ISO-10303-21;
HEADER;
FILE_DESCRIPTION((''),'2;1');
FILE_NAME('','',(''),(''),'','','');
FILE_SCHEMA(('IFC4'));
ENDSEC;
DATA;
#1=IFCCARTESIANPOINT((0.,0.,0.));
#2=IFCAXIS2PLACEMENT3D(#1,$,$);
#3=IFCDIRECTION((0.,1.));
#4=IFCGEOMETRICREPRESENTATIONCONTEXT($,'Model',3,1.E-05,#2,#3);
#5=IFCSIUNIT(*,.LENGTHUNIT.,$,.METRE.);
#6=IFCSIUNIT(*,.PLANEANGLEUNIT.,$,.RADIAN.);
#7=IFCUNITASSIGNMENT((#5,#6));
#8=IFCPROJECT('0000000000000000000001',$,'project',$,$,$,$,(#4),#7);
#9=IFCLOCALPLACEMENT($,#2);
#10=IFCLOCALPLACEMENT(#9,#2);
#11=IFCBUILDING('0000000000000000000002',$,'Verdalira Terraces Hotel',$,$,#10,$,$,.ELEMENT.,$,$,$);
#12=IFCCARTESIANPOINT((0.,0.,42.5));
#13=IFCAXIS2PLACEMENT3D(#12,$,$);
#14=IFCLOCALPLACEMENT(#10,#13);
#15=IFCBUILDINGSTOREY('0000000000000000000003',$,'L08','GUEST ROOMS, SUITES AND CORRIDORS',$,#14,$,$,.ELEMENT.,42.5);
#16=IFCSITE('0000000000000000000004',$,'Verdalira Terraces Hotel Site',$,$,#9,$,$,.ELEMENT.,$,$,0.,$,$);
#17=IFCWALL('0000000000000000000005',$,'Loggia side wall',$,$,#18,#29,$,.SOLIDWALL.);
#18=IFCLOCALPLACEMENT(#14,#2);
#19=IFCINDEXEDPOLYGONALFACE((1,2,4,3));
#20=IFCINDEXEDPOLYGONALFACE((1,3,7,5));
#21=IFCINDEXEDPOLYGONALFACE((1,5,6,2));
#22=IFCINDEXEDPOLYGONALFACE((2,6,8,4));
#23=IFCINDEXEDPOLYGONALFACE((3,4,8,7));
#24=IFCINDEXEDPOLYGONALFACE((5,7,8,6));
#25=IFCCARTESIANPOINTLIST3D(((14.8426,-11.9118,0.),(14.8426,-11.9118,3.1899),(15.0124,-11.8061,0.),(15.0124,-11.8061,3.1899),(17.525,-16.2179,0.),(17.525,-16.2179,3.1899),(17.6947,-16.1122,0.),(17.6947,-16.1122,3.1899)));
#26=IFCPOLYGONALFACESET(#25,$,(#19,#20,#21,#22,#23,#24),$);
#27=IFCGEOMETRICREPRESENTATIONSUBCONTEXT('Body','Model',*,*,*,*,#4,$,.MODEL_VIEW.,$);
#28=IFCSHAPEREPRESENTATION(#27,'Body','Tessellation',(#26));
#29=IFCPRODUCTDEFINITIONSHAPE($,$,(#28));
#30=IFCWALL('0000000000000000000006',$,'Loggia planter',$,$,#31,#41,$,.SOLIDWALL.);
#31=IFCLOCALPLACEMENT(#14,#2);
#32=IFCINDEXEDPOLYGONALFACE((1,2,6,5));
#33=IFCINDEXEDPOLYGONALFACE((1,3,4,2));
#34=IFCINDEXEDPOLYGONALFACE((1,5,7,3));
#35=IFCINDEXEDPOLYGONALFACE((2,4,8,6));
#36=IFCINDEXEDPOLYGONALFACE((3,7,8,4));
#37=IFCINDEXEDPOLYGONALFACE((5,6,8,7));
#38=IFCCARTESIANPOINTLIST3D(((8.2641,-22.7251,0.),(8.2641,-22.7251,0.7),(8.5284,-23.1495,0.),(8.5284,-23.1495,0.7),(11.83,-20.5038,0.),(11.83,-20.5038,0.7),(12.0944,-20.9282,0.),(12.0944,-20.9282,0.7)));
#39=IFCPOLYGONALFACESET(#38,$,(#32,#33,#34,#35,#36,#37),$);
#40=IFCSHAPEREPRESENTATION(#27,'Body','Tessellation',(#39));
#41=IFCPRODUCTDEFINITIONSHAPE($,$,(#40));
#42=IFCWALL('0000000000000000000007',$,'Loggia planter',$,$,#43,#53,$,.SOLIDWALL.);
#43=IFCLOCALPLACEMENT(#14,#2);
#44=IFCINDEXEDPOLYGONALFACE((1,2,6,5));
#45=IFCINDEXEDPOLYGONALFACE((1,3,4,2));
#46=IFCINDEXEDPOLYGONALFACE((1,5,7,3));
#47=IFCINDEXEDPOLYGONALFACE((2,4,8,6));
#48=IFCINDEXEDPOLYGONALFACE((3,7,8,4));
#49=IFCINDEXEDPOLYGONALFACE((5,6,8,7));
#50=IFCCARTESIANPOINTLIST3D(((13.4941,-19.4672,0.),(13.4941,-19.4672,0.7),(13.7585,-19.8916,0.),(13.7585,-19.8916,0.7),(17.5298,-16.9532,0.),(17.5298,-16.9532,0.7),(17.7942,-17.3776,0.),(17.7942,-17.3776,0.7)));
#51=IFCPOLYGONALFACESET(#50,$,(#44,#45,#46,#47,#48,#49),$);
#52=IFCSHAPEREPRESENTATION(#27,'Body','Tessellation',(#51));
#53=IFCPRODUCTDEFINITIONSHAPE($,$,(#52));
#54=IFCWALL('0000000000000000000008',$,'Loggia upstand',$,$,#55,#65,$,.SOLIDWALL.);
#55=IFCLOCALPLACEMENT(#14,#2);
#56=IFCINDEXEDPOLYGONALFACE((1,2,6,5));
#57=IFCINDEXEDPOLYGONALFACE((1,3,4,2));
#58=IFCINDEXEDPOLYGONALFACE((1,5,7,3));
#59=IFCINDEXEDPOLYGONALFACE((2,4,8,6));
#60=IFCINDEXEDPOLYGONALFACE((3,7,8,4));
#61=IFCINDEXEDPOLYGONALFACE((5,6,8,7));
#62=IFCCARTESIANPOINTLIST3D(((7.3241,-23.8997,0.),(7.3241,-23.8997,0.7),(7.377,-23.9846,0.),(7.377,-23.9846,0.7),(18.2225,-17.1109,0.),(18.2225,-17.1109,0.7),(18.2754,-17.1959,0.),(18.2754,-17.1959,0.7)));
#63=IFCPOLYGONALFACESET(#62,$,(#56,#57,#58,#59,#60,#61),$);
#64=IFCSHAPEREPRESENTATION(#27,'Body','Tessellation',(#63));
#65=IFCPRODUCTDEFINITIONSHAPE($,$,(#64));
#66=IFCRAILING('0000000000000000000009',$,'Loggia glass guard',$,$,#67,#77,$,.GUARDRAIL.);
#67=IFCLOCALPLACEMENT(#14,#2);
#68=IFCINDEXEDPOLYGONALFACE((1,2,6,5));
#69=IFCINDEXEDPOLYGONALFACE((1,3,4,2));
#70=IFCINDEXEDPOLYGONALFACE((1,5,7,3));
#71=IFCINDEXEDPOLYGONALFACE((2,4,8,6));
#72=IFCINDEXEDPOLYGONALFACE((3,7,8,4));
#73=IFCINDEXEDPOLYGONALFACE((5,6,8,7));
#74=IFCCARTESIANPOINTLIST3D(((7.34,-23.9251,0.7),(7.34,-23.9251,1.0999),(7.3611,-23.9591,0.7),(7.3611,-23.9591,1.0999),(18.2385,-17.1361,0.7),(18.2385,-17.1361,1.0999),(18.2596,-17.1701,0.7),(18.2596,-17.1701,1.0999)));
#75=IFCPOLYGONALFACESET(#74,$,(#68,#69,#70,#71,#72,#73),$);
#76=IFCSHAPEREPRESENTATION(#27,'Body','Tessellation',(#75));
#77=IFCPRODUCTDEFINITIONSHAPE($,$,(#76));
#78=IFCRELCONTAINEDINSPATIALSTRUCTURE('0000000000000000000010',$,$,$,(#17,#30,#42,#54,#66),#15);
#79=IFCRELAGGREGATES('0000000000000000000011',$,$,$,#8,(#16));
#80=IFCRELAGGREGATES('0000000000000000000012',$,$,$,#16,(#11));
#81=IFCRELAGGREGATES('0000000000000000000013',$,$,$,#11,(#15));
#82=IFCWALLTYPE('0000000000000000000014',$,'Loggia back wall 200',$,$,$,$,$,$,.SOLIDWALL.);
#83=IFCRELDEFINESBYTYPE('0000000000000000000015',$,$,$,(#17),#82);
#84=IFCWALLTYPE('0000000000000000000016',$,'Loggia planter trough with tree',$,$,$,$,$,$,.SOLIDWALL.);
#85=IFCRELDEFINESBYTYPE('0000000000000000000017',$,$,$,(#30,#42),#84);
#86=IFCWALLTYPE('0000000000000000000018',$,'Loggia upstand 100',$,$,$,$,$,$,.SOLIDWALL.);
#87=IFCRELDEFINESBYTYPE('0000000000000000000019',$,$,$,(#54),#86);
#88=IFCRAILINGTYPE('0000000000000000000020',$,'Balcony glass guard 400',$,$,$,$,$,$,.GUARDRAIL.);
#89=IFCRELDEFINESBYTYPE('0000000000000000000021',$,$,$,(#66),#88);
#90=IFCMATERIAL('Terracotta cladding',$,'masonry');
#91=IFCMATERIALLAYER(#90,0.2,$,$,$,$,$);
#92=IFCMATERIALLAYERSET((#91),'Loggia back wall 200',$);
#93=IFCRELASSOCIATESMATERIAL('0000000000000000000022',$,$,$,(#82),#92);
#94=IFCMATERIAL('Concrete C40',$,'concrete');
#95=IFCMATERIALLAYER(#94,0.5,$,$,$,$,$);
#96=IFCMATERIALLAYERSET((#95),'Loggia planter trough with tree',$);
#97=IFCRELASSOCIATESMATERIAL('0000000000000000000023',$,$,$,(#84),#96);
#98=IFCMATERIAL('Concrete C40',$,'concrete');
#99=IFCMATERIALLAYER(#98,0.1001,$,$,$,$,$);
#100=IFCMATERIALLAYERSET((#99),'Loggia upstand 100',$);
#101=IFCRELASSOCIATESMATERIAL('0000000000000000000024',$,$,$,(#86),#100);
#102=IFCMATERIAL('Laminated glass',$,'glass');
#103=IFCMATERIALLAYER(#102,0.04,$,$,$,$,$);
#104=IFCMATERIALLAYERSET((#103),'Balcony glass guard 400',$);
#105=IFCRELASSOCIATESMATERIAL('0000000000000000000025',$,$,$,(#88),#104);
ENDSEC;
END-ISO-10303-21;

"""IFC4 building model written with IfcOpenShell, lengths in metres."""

from ifc_helpers import new_model, si_unit, direction, frame, frame_2d, origin, origin_2d, place, context, subcontext, project, spatial, rectangle, extrude, material, layer, layer_set, type_object, element, save


model = new_model("IFC4")

# Units and contexts
model_context = context("Model", 3, precision=1e-05, world=origin(), true_north=direction((0.0, 1.0)))
body_context = subcontext(model_context, "Body", "Model", "MODEL_VIEW")
ifc_project = project(units=[si_unit("LENGTHUNIT", "METRE"), si_unit("PLANEANGLEUNIT", "RADIAN")], contexts=[model_context])

# Site, building, storey
site_placement = place(None, origin())
site = spatial("IfcSite", under=ifc_project, at=site_placement, Name="Verdalira Terraces Hotel Site", CompositionType="ELEMENT", RefElevation=0.0)
building_placement = place(site_placement, origin())
building = spatial("IfcBuilding", under=site, at=building_placement, Name="Verdalira Terraces Hotel", CompositionType="ELEMENT")
storey_placement = place(building_placement, frame((0.0, 0.0, 42.5)))
storey = spatial("IfcBuildingStorey", under=building, at=storey_placement, Name="L08", Description="GUEST ROOMS, SUITES AND CORRIDORS", CompositionType="ELEMENT", Elevation=42.5)

# Walls
ifc_material_1 = material(Name="Terracotta cladding", Category="masonry")
ifc_layer_1 = layer(ifc_material_1, 0.2)
ifc_layer_set_1 = layer_set([ifc_layer_1], Name="Loggia back wall 200")
wall_type_1 = type_object("IfcWallType", Name="Loggia back wall 200", PredefinedType="SOLIDWALL", material=ifc_layer_set_1)
wall_1_placement = place(storey_placement, frame((17.6099, -16.165, 0.0), z_axis=(0.0, 0.0, 1.0), x_axis=(-0.528727, 0.848792, 0.0)))
element("IfcWall", 1, at=wall_1_placement, inside=storey, type_object=wall_type_1, Name="Loggia side wall", PredefinedType="SOLIDWALL", context=body_context, shape_type="SweptSolid", body=[
    extrude(rectangle(XDim=5.0732, YDim=0.2, at=frame_2d((2.5366, 0.0))), origin(), (0.0, 0.0, 1.0), 3.1899),
])
ifc_material_2 = material(Name="Concrete C40", Category="concrete")
ifc_layer_2 = layer(ifc_material_2, 0.5)
ifc_layer_set_2 = layer_set([ifc_layer_2], Name="Loggia planter trough with tree")
wall_type_2 = type_object("IfcWallType", Name="Loggia planter trough with tree", PredefinedType="SOLIDWALL", material=ifc_layer_set_2)
wall_2_placement = place(storey_placement, frame((8.3962, -22.9373, 0.0), z_axis=(0.0, 0.0, 1.0), x_axis=(0.8488, 0.528713, 0.0)))
element("IfcWall", 2, at=wall_2_placement, inside=storey, type_object=wall_type_2, Name="Loggia planter", PredefinedType="SOLIDWALL", context=body_context, shape_type="SweptSolid", body=[
    extrude(rectangle(XDim=4.2012, YDim=0.5, at=frame_2d((2.1006, 0.0))), origin(), (0.0, 0.0, 1.0), 0.7),
])
wall_3_placement = place(storey_placement, frame((13.6262, -19.6794, 0.0), z_axis=(0.0, 0.0, 1.0), x_axis=(0.848788, 0.528734, 0.0)))
element("IfcWall", 3, at=wall_3_placement, inside=storey, type_object=wall_type_2, Name="Loggia planter", PredefinedType="SOLIDWALL", context=body_context, shape_type="SweptSolid", body=[
    extrude(rectangle(XDim=4.7546, YDim=0.5, at=frame_2d((2.3774, 0.0))), origin(), (0.0, 0.0, 1.0), 0.7),
])
ifc_material_3 = material(Name="Concrete C40", Category="concrete")
ifc_layer_3 = layer(ifc_material_3, 0.1001)
ifc_layer_set_3 = layer_set([ifc_layer_3], Name="Loggia upstand 100")
wall_type_3 = type_object("IfcWallType", Name="Loggia upstand 100", PredefinedType="SOLIDWALL", material=ifc_layer_set_3)
wall_4_placement = place(storey_placement, frame((7.3506, -23.9421, 0.0), z_axis=(0.0, 0.0, 1.0), x_axis=(0.848792, 0.528727, 0.0)))
element("IfcWall", 4, at=wall_4_placement, inside=storey, type_object=wall_type_3, Name="Loggia upstand", PredefinedType="SOLIDWALL", context=body_context, shape_type="SweptSolid", body=[
    extrude(rectangle(XDim=12.8398, YDim=0.1001, at=frame_2d((6.4199, 0.0))), origin(), (0.0, 0.0, 1.0), 0.7),
])

# Railing
ifc_material_4 = material(Name="Laminated glass", Category="glass")
ifc_layer_4 = layer(ifc_material_4, 0.04)
ifc_layer_set_4 = layer_set([ifc_layer_4], Name="Balcony glass guard 400")
railing_type = type_object("IfcRailingType", Name="Balcony glass guard 400", PredefinedType="GUARDRAIL", material=ifc_layer_set_4)
railing_placement = place(storey_placement, frame((12.7998, -20.5476, 0.7), z_axis=(0.0, 0.0, 1.0), x_axis=(0.848787, 0.528735, 0.0)))
element("IfcRailing", 5, at=railing_placement, inside=storey, type_object=railing_type, Name="Loggia glass guard", PredefinedType="GUARDRAIL", context=body_context, shape_type="SweptSolid", body=[
    extrude(rectangle(XDim=12.8401, YDim=0.04, at=origin_2d()), origin(), (0.0, 0.0, 1.0), 0.3999),
])

save(model, "model.ifc")
